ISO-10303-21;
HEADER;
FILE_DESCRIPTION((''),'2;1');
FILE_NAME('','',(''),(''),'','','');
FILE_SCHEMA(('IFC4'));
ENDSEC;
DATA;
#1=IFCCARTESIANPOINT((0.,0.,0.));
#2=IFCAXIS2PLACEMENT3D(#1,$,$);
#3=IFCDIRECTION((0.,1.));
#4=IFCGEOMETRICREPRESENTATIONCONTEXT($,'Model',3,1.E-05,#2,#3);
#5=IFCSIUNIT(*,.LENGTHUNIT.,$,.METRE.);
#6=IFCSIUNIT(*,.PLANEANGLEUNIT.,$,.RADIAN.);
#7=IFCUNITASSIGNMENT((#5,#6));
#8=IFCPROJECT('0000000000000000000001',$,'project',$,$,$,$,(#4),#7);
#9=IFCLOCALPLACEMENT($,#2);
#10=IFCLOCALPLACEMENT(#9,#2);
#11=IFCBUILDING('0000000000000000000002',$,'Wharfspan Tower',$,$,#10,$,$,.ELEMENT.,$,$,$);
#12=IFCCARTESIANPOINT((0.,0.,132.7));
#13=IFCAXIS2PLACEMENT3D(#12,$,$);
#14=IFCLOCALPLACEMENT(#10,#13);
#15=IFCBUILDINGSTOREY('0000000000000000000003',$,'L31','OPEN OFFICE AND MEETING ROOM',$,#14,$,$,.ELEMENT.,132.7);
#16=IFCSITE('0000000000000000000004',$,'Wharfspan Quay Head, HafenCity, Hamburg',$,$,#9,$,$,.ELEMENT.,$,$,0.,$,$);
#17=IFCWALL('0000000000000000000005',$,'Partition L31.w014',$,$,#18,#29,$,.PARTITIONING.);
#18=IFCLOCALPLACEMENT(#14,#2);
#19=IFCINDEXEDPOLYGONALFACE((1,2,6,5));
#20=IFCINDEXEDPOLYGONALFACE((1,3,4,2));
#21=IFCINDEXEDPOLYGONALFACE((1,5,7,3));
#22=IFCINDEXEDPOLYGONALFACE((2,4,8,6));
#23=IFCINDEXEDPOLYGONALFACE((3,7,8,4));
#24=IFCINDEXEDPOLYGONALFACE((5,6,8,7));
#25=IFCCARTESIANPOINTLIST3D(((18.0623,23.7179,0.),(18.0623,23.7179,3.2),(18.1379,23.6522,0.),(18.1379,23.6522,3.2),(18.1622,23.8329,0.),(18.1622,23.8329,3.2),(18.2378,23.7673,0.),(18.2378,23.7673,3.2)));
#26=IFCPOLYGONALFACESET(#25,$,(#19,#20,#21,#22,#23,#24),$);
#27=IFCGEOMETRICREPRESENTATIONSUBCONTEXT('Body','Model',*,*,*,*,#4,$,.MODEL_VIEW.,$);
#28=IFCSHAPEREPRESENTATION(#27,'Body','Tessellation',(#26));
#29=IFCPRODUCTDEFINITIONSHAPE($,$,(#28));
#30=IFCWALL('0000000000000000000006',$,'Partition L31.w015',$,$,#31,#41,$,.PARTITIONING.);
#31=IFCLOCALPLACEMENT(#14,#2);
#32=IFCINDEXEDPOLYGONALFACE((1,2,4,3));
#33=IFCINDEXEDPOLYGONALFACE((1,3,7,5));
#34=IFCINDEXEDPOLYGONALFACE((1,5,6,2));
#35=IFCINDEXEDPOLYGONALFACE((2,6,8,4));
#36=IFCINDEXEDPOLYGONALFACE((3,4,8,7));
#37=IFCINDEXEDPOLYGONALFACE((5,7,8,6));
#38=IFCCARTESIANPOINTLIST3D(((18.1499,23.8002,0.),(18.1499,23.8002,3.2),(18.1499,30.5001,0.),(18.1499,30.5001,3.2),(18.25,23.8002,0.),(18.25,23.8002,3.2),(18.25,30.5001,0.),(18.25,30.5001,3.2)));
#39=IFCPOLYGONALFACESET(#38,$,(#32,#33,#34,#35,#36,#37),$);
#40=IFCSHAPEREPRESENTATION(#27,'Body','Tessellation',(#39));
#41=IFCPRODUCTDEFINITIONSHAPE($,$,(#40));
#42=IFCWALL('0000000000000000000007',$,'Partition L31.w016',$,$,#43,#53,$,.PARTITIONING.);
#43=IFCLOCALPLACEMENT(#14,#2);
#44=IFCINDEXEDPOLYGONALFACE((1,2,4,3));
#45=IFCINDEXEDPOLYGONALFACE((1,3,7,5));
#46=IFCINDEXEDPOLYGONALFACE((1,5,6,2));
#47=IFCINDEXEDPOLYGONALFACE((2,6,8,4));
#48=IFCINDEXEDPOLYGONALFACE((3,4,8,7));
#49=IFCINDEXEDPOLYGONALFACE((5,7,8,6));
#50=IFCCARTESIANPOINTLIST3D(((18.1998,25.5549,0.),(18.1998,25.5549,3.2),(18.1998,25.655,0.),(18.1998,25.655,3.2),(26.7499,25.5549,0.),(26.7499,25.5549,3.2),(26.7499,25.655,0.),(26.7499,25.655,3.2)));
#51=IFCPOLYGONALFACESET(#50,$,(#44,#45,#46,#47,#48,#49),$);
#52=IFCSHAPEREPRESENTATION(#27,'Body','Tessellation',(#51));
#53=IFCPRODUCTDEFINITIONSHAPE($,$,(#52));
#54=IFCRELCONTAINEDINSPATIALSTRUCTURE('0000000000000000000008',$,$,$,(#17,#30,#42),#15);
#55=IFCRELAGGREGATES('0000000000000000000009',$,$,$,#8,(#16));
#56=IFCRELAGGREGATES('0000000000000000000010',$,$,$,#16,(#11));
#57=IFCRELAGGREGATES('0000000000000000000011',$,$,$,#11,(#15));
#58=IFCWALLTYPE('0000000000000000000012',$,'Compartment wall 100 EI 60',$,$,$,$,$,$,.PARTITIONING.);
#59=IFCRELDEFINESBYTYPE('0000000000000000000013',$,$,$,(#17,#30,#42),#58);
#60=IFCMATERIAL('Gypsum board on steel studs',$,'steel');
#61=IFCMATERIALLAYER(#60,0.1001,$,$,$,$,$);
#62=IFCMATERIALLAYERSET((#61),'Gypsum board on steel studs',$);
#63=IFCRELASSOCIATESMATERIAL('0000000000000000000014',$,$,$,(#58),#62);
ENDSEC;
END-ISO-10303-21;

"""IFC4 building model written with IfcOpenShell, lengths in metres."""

from ifc_helpers import new_model, si_unit, direction, frame, frame_2d, origin, place, context, subcontext, project, spatial, rectangle, extrude, material, layer, layer_set, type_object, element, save


model = new_model("IFC4")

# Units and contexts
model_context = context("Model", 3, precision=1e-05, world=origin(), true_north=direction((0.0, 1.0)))
body_context = subcontext(model_context, "Body", "Model", "MODEL_VIEW")
ifc_project = project(units=[si_unit("LENGTHUNIT", "METRE"), si_unit("PLANEANGLEUNIT", "RADIAN")], contexts=[model_context])

# Site, building, storey
site_placement = place(None, origin())
site = spatial("IfcSite", under=ifc_project, at=site_placement, Name="Wharfspan Quay Head, HafenCity, Hamburg", CompositionType="ELEMENT", RefElevation=0.0)
building_placement = place(site_placement, origin())
building = spatial("IfcBuilding", under=site, at=building_placement, Name="Wharfspan Tower", CompositionType="ELEMENT")
storey_placement = place(building_placement, frame((0.0, 0.0, 132.7)))
storey = spatial("IfcBuildingStorey", under=building, at=storey_placement, Name="L31", Description="OPEN OFFICE AND MEETING ROOM", CompositionType="ELEMENT", Elevation=132.7)

# Walls
ifc_material = material(Name="Gypsum board on steel studs", Category="steel")
ifc_layer = layer(ifc_material, 0.1001)
ifc_layer_set = layer_set([ifc_layer], Name="Gypsum board on steel studs")
wall_type = type_object("IfcWallType", Name="Compartment wall 100 EI 60", PredefinedType="PARTITIONING", material=ifc_layer_set)
wall_1_placement = place(storey_placement, frame((18.1001, 23.6851, 0.0), z_axis=(0.0, 0.0, 1.0), x_axis=(0.65566, 0.755051, 0.0)))
element("IfcWall", 1, at=wall_1_placement, inside=storey, type_object=wall_type, Name="Partition L31.w014", PredefinedType="PARTITIONING", context=body_context, shape_type="SweptSolid", body=[
    extrude(rectangle(XDim=0.1523, YDim=0.1001, at=frame_2d((0.0762, 0.0))), origin(), (0.0, 0.0, 1.0), 3.2),
])
wall_2_placement = place(storey_placement, frame((18.2, 23.8, 0.0), z_axis=(0.0, 0.0, 1.0), x_axis=(0.0, 1.0, 0.0)))
element("IfcWall", 2, at=wall_2_placement, inside=storey, type_object=wall_type, Name="Partition L31.w015", PredefinedType="PARTITIONING", context=body_context, shape_type="SweptSolid", body=[
    extrude(rectangle(XDim=6.7, YDim=0.1001, at=frame_2d((3.3501, 0.0))), origin(), (0.0, 0.0, 1.0), 3.2),
])
wall_3_placement = place(storey_placement, frame((18.2, 25.605, 0.0), z_axis=(0.0, 0.0, 1.0), x_axis=(1.0, 0.0, 0.0)))
element("IfcWall", 3, at=wall_3_placement, inside=storey, type_object=wall_type, Name="Partition L31.w016", PredefinedType="PARTITIONING", context=body_context, shape_type="SweptSolid", body=[
    extrude(rectangle(XDim=8.55, YDim=0.1001, at=frame_2d((4.2749, 0.0))), origin(), (0.0, 0.0, 1.0), 3.2),
])

save(model, "model.ifc")
